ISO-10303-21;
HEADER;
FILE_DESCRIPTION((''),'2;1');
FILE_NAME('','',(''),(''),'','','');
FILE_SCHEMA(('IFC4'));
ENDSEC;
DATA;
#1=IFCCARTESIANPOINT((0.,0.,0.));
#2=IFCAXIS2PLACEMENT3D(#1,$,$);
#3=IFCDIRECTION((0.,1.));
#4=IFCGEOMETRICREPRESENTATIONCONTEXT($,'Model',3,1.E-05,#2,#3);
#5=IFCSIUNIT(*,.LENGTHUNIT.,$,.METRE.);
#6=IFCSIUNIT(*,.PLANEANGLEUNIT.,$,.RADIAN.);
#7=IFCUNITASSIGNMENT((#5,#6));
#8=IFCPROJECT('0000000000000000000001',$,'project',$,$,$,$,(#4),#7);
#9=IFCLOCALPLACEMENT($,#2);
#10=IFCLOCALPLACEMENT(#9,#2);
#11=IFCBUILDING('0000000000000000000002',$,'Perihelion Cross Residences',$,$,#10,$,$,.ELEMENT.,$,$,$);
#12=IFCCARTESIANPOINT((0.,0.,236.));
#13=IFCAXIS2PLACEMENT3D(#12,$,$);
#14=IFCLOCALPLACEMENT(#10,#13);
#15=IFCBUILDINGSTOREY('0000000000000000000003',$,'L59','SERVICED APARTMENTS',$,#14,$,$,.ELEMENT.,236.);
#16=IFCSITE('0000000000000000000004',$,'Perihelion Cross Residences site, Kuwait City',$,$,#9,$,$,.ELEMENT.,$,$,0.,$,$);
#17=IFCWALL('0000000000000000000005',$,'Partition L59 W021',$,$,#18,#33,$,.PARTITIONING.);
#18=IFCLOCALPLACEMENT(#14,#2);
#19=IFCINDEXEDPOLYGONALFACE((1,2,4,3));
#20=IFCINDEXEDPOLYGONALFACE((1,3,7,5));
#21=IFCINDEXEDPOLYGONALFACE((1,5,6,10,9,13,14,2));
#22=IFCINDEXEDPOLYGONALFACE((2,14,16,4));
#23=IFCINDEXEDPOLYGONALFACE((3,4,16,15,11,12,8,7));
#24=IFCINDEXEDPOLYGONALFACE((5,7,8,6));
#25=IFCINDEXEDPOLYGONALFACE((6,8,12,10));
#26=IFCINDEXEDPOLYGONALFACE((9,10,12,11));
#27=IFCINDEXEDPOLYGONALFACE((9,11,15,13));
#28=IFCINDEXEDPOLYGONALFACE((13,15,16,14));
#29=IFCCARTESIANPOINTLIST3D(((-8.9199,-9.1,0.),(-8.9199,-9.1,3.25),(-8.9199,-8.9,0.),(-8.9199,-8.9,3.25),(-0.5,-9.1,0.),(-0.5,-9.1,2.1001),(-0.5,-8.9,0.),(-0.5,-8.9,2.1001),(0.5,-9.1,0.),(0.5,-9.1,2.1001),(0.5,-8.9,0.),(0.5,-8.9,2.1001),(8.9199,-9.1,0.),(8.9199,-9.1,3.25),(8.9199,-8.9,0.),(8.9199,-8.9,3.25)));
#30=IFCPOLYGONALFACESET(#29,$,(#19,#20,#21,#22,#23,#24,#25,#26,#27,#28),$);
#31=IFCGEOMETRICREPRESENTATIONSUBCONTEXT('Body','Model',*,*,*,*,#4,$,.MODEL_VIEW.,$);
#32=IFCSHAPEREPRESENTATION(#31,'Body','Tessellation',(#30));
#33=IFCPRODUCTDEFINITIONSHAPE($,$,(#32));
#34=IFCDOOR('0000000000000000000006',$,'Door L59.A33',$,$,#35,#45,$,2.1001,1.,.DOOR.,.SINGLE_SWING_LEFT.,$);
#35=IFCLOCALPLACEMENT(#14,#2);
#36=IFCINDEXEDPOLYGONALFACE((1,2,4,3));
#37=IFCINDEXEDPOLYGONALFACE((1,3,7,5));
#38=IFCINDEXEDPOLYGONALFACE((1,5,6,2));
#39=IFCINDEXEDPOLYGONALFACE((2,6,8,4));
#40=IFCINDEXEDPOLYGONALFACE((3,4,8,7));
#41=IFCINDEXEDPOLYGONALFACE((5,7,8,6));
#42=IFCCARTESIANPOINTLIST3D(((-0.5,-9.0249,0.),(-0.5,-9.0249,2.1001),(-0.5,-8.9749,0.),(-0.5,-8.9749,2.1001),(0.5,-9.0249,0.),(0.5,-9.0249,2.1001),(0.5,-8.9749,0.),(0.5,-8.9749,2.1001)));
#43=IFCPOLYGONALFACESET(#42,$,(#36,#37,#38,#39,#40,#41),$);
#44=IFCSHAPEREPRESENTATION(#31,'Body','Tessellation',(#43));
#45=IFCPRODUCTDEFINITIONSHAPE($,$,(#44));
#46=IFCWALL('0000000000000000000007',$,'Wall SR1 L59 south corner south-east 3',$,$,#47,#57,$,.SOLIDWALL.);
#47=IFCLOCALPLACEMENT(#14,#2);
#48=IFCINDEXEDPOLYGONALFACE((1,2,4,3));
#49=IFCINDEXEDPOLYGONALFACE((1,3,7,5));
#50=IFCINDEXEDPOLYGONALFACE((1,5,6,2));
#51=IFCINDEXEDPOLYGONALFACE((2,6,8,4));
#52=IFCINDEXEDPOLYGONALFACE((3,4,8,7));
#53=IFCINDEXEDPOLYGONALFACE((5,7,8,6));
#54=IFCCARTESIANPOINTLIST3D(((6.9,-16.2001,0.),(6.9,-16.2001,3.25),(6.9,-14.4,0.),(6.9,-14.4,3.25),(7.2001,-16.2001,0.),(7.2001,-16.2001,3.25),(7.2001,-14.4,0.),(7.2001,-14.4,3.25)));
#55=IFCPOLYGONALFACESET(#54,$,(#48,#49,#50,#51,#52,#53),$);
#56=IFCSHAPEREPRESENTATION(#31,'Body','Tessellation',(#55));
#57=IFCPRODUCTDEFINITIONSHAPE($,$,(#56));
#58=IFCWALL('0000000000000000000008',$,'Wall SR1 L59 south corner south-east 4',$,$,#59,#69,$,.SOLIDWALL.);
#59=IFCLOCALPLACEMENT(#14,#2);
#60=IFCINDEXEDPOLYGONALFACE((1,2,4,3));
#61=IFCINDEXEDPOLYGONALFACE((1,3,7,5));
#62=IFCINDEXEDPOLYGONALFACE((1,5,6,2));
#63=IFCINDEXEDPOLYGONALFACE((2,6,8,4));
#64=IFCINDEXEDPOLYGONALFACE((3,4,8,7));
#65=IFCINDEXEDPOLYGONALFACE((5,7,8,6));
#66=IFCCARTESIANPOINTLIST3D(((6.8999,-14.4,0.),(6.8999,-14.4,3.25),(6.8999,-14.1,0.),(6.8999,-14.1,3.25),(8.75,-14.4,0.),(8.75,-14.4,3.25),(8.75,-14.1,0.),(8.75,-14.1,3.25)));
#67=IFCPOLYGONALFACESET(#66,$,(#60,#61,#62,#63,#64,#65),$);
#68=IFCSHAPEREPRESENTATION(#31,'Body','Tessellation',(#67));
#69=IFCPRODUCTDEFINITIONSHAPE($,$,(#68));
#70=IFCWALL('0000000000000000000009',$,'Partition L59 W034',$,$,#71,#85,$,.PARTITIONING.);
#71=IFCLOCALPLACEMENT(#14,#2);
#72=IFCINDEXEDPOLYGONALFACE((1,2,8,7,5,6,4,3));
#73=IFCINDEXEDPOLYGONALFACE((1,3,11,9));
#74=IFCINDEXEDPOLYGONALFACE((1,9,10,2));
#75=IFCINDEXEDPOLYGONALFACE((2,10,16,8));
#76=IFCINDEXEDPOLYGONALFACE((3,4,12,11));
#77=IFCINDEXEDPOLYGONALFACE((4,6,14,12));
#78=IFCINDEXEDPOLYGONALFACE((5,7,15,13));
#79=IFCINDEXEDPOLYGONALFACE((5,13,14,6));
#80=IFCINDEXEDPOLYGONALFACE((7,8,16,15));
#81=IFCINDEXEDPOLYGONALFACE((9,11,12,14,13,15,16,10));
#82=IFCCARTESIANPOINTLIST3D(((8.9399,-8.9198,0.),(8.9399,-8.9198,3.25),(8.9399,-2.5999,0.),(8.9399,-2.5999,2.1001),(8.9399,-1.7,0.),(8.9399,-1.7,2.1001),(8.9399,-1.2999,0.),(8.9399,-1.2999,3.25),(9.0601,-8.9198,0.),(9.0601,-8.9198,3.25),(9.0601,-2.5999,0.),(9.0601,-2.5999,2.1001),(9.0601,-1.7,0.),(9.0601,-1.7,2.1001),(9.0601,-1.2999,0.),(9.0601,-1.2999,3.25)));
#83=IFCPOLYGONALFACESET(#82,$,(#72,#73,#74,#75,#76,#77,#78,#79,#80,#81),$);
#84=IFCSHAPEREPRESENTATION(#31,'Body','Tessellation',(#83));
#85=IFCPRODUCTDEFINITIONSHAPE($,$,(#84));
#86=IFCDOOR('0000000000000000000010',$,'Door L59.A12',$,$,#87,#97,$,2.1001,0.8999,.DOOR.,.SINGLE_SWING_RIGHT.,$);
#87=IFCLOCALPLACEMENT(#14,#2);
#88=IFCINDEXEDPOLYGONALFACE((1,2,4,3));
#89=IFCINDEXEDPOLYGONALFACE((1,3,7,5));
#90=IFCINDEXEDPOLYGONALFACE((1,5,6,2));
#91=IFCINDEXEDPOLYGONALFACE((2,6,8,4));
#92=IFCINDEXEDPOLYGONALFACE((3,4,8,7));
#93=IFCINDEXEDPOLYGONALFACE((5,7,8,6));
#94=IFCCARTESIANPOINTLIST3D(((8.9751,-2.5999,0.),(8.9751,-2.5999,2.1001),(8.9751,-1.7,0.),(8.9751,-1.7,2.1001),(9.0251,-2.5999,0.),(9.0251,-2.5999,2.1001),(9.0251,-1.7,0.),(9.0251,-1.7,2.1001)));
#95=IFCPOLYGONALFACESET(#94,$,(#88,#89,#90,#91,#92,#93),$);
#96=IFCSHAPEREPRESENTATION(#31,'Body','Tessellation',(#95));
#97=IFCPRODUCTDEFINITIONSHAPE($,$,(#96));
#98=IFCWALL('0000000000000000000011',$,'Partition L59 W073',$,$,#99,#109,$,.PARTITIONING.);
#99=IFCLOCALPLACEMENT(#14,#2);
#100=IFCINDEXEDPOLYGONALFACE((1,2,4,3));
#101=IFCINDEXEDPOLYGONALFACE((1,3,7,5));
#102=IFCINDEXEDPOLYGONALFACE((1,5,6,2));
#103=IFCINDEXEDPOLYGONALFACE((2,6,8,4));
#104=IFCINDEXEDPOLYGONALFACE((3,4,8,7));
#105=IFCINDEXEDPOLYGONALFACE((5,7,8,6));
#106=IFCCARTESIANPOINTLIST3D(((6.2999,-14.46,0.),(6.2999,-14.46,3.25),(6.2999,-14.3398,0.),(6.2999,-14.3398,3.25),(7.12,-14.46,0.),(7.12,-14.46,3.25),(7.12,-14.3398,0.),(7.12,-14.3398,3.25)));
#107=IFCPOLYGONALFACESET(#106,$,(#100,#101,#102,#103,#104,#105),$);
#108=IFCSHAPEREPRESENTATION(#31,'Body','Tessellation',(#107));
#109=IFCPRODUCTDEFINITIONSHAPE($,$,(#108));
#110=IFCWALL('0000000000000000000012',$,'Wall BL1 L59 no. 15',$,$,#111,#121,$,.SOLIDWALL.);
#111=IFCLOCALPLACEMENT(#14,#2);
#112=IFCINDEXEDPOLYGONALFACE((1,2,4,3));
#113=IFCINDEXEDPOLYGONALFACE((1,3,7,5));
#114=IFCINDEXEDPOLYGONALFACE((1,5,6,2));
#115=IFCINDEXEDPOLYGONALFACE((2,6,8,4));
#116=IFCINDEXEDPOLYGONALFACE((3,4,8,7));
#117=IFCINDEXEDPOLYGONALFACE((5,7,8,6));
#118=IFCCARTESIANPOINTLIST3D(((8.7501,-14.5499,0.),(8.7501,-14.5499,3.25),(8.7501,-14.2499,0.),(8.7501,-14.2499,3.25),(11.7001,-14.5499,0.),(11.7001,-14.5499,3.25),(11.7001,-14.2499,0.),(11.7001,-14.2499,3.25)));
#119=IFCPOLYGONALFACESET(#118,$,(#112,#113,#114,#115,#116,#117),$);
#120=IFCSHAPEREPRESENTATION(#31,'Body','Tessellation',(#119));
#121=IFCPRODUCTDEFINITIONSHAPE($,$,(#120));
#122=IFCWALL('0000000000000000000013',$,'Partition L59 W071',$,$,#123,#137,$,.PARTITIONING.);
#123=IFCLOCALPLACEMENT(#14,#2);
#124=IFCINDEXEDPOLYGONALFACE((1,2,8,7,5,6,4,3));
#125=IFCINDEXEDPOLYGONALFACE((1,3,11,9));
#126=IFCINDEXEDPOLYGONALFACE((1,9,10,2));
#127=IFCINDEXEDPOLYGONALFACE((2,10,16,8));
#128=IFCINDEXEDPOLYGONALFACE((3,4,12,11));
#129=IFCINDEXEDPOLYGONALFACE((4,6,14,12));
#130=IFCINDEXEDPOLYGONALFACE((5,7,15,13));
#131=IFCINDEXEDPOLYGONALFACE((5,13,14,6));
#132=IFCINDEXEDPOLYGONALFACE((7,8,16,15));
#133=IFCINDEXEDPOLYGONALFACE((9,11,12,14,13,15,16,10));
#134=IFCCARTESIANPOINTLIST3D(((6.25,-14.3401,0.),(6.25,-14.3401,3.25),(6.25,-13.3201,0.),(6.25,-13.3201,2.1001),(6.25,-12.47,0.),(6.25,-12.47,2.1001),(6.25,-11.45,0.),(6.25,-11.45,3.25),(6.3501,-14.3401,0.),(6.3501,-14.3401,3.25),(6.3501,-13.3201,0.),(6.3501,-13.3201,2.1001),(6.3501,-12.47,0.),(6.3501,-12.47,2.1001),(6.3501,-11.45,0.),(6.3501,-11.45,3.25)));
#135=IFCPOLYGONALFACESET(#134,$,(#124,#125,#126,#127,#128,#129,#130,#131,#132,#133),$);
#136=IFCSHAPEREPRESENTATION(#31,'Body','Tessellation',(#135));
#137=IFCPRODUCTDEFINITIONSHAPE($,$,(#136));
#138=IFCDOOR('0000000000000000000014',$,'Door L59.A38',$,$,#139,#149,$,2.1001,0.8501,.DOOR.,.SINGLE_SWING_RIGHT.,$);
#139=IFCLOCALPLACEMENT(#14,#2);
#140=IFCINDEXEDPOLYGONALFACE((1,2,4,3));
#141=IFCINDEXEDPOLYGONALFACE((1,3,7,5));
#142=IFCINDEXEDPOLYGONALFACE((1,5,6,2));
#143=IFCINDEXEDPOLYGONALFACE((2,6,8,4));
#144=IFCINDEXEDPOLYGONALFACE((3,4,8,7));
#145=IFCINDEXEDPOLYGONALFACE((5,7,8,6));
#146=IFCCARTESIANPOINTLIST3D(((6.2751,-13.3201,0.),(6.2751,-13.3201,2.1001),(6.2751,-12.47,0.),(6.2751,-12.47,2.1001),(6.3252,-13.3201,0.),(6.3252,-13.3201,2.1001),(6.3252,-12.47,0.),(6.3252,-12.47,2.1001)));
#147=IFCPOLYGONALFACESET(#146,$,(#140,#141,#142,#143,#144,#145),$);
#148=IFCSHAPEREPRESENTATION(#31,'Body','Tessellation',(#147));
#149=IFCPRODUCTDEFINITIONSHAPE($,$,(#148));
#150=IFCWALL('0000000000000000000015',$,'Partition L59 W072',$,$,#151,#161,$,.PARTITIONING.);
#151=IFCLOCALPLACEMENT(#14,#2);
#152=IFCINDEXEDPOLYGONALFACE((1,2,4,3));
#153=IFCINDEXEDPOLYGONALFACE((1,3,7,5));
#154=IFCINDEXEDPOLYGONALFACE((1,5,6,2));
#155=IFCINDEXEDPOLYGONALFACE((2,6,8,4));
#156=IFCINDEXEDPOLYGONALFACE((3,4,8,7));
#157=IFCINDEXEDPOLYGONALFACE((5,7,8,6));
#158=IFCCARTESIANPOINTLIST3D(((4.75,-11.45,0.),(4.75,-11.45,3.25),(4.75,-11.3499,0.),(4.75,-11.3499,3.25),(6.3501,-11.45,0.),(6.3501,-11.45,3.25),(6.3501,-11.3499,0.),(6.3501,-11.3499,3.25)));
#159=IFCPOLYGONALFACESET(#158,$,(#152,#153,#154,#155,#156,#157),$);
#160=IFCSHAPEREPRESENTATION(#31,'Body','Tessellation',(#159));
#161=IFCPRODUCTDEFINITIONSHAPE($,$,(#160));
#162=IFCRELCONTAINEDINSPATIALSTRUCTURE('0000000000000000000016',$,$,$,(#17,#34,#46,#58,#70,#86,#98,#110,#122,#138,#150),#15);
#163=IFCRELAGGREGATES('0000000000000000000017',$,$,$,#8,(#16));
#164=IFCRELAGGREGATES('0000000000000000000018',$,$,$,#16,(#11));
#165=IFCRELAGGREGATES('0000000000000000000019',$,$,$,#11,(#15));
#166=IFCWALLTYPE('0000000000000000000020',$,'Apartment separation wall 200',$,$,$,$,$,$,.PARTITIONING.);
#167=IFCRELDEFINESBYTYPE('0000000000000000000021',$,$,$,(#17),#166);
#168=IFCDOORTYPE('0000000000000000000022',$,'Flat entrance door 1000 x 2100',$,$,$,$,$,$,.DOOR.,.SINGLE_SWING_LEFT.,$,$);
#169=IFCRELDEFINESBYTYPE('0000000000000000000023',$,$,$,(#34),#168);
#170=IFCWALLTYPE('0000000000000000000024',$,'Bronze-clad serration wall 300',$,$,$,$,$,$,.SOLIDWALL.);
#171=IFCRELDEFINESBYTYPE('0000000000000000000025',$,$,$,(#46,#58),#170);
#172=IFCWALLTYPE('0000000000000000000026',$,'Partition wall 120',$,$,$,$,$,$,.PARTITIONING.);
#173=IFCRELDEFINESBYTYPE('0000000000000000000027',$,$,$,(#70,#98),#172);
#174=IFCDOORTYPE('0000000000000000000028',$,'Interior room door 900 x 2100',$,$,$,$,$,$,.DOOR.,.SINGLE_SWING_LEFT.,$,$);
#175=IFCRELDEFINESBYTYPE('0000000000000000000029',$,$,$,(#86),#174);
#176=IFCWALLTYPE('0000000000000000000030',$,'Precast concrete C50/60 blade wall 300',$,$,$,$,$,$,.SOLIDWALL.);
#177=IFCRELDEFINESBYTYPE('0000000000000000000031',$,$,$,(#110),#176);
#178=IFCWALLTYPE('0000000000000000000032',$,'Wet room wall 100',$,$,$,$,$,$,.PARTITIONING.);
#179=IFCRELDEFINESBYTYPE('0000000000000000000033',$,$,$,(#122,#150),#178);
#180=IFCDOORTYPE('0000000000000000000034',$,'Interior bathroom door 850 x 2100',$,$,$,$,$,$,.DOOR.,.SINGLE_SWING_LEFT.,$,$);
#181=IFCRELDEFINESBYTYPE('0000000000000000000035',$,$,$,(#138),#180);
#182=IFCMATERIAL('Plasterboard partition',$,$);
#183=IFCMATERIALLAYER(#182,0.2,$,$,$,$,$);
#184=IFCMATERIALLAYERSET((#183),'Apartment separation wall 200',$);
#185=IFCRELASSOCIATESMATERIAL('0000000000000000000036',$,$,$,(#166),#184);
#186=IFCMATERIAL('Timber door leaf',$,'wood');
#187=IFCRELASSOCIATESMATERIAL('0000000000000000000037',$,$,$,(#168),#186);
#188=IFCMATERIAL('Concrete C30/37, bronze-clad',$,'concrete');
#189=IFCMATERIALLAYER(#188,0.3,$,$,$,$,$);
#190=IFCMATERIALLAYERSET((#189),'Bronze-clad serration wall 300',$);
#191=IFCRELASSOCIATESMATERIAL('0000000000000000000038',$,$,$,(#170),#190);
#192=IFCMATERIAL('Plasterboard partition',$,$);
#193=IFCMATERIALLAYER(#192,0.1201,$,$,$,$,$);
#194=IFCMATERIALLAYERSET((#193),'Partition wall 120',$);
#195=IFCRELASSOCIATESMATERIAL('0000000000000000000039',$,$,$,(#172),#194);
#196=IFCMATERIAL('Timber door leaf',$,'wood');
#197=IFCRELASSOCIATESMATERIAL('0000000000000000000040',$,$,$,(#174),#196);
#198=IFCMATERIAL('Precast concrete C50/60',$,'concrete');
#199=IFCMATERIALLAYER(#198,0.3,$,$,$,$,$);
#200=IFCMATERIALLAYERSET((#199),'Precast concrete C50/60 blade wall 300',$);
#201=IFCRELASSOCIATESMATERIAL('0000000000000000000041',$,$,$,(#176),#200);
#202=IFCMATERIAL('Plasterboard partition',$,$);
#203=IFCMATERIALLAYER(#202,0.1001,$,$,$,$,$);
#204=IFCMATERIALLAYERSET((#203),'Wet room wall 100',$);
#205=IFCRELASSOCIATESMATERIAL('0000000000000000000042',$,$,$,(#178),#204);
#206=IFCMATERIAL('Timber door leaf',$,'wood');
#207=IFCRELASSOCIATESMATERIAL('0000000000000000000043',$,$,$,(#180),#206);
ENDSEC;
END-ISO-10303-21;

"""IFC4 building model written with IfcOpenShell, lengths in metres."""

from ifc_helpers import new_model, si_unit, direction, frame, frame_2d, origin, place, context, subcontext, project, spatial, rectangle, extrude, material, layer, layer_set, type_object, element, fill, save


model = new_model("IFC4")

# Units and contexts
model_context = context("Model", 3, precision=1e-05, world=origin(), true_north=direction((0.0, 1.0)))
body_context = subcontext(model_context, "Body", "Model", "MODEL_VIEW")
ifc_project = project(units=[si_unit("LENGTHUNIT", "METRE"), si_unit("PLANEANGLEUNIT", "RADIAN")], contexts=[model_context])

# Site, building, storey
site_placement = place(None, origin())
site = spatial("IfcSite", under=ifc_project, at=site_placement, Name="Perihelion Cross Residences site, Kuwait City", CompositionType="ELEMENT", RefElevation=0.0)
building_placement = place(site_placement, origin())
building = spatial("IfcBuilding", under=site, at=building_placement, Name="Perihelion Cross Residences", CompositionType="ELEMENT")
storey_placement = place(building_placement, frame((0.0, 0.0, 236.0)))
storey = spatial("IfcBuildingStorey", under=building, at=storey_placement, Name="L59", Description="SERVICED APARTMENTS", CompositionType="ELEMENT", Elevation=236.0)

# Wall, opening, door
ifc_material_1 = material(Name="Plasterboard partition")
ifc_layer_1 = layer(ifc_material_1, 0.2)
ifc_layer_set_1 = layer_set([ifc_layer_1], Name="Apartment separation wall 200")
wall_type_1 = type_object("IfcWallType", Name="Apartment separation wall 200", PredefinedType="PARTITIONING", material=ifc_layer_set_1)
wall_1_placement = place(storey_placement, frame((8.9199, -9.0, 0.0), z_axis=(0.0, 0.0, 1.0), x_axis=(-1.0, 0.0, 0.0)))
wall_1 = element("IfcWall", 1, at=wall_1_placement, inside=storey, type_object=wall_type_1, Name="Partition L59 W021", PredefinedType="PARTITIONING", context=body_context, shape_type="SweptSolid", body=[
    extrude(rectangle(XDim=17.8398, YDim=0.2, at=frame_2d((8.9199, 0.0))), origin(), (0.0, 0.0, 1.0), 3.25),
])
opening_1_placement = place(wall_1_placement, frame((8.4199, 0.0, 0.0)))
opening_1 = element("IfcOpeningElement", 2, at=opening_1_placement, cuts=wall_1, PredefinedType="OPENING", context=body_context, shape_type="SweptSolid", body=[
    extrude(rectangle(XDim=1.0, YDim=2.1001, at=frame_2d((0.5, 1.05))), frame((0.0, 0.1099, 0.0), z_axis=(0.0, -1.0, 0.0), x_axis=(1.0, 0.0, 0.0)), (0.0, 0.0, 1.0), 0.22),
])
ifc_material_2 = material(Name="Timber door leaf", Category="wood")
door_type_1 = type_object("IfcDoorType", Name="Flat entrance door 1000 x 2100", OperationType="SINGLE_SWING_LEFT", PredefinedType="DOOR", material=ifc_material_2)
door_1_placement = place(opening_1_placement, origin())
door_1 = element("IfcDoor", 3, at=door_1_placement, inside=storey, type_object=door_type_1, Name="Door L59.A33", OperationType="SINGLE_SWING_LEFT", OverallHeight=2.1001, OverallWidth=1.0, PredefinedType="DOOR", context=body_context, shape_type="SweptSolid", body=[
    extrude(rectangle(XDim=1.0, YDim=2.1001, at=frame_2d((0.5, 1.05))), frame((0.0, 0.0249, 0.0), z_axis=(0.0, -1.0, 0.0), x_axis=(1.0, 0.0, 0.0)), (0.0, 0.0, 1.0), 0.05),
])
fill(opening_1, door_1)

# Walls
ifc_material_3 = material(Name="Concrete C30/37, bronze-clad", Category="concrete")
ifc_layer_2 = layer(ifc_material_3, 0.3)
ifc_layer_set_2 = layer_set([ifc_layer_2], Name="Bronze-clad serration wall 300")
wall_type_2 = type_object("IfcWallType", Name="Bronze-clad serration wall 300", PredefinedType="SOLIDWALL", material=ifc_layer_set_2)
wall_2_placement = place(storey_placement, frame((7.05, -16.2, 0.0), z_axis=(0.0, 0.0, 1.0), x_axis=(0.0, 1.0, 0.0)))
element("IfcWall", 4, at=wall_2_placement, inside=storey, type_object=wall_type_2, Name="Wall SR1 L59 south corner south-east 3", PredefinedType="SOLIDWALL", context=body_context, shape_type="SweptSolid", body=[
    extrude(rectangle(XDim=1.8, YDim=0.3, at=frame_2d((0.8999, 0.0))), origin(), (0.0, 0.0, 1.0), 3.25),
])
wall_3_placement = place(storey_placement, frame((6.8999, -14.25, 0.0), z_axis=(0.0, 0.0, 1.0), x_axis=(1.0, 0.0, 0.0)))
element("IfcWall", 5, at=wall_3_placement, inside=storey, type_object=wall_type_2, Name="Wall SR1 L59 south corner south-east 4", PredefinedType="SOLIDWALL", context=body_context, shape_type="SweptSolid", body=[
    extrude(rectangle(XDim=1.8501, YDim=0.3, at=frame_2d((0.925, 0.0))), origin(), (0.0, 0.0, 1.0), 3.25),
])

# Wall, opening, door
ifc_material_4 = material(Name="Plasterboard partition")
ifc_layer_3 = layer(ifc_material_4, 0.1201)
ifc_layer_set_3 = layer_set([ifc_layer_3], Name="Partition wall 120")
wall_type_3 = type_object("IfcWallType", Name="Partition wall 120", PredefinedType="PARTITIONING", material=ifc_layer_set_3)
wall_4_placement = place(storey_placement, frame((9.0, -8.9199, 0.0), z_axis=(0.0, 0.0, 1.0), x_axis=(0.0, 1.0, 0.0)))
wall_4 = element("IfcWall", 6, at=wall_4_placement, inside=storey, type_object=wall_type_3, Name="Partition L59 W034", PredefinedType="PARTITIONING", context=body_context, shape_type="SweptSolid", body=[
    extrude(rectangle(XDim=7.6199, YDim=0.1201, at=frame_2d((3.8101, 0.0))), origin(), (0.0, 0.0, 1.0), 3.25),
])
opening_2_placement = place(wall_4_placement, frame((6.3201, 0.0, 0.0)))
opening_2 = element("IfcOpeningElement", 7, at=opening_2_placement, cuts=wall_4, PredefinedType="OPENING", context=body_context, shape_type="SweptSolid", body=[
    extrude(rectangle(XDim=0.8999, YDim=2.1001, at=frame_2d((0.45, 1.05))), frame((0.0, 0.0701, 0.0), z_axis=(0.0, -1.0, 0.0), x_axis=(1.0, 0.0, 0.0)), (0.0, 0.0, 1.0), 0.1401),
])
ifc_material_5 = material(Name="Timber door leaf", Category="wood")
door_type_2 = type_object("IfcDoorType", Name="Interior room door 900 x 2100", OperationType="SINGLE_SWING_LEFT", PredefinedType="DOOR", material=ifc_material_5)
door_2_placement = place(opening_2_placement, origin())
door_2 = element("IfcDoor", 8, at=door_2_placement, inside=storey, type_object=door_type_2, Name="Door L59.A12", OperationType="SINGLE_SWING_RIGHT", OverallHeight=2.1001, OverallWidth=0.8999, PredefinedType="DOOR", context=body_context, shape_type="SweptSolid", body=[
    extrude(rectangle(XDim=0.8999, YDim=2.1001, at=frame_2d((0.45, 1.05))), frame((0.0, 0.0249, 0.0), z_axis=(0.0, -1.0, 0.0), x_axis=(1.0, 0.0, 0.0)), (0.0, 0.0, 1.0), 0.05),
])
fill(opening_2, door_2)

# Walls
wall_5_placement = place(storey_placement, frame((7.1201, -14.3999, 0.0), z_axis=(0.0, 0.0, 1.0), x_axis=(-1.0, 0.0, 0.0)))
element("IfcWall", 9, at=wall_5_placement, inside=storey, type_object=wall_type_3, Name="Partition L59 W073", PredefinedType="PARTITIONING", context=body_context, shape_type="SweptSolid", body=[
    extrude(rectangle(XDim=0.8201, YDim=0.1201, at=frame_2d((0.4102, 0.0))), origin(), (0.0, 0.0, 1.0), 3.25),
])
ifc_material_6 = material(Name="Precast concrete C50/60", Category="concrete")
ifc_layer_4 = layer(ifc_material_6, 0.3)
ifc_layer_set_4 = layer_set([ifc_layer_4], Name="Precast concrete C50/60 blade wall 300")
wall_type_4 = type_object("IfcWallType", Name="Precast concrete C50/60 blade wall 300", PredefinedType="SOLIDWALL", material=ifc_layer_set_4)
wall_6_placement = place(storey_placement, frame((8.75, -14.3999, 0.0), z_axis=(0.0, 0.0, 1.0), x_axis=(1.0, 0.0, 0.0)))
element("IfcWall", 10, at=wall_6_placement, inside=storey, type_object=wall_type_4, Name="Wall BL1 L59 no. 15", PredefinedType="SOLIDWALL", context=body_context, shape_type="SweptSolid", body=[
    extrude(rectangle(XDim=2.95, YDim=0.3, at=frame_2d((1.4751, 0.0))), origin(), (0.0, 0.0, 1.0), 3.25),
])

# Wall, opening, door
ifc_material_7 = material(Name="Plasterboard partition")
ifc_layer_5 = layer(ifc_material_7, 0.1001)
ifc_layer_set_5 = layer_set([ifc_layer_5], Name="Wet room wall 100")
wall_type_5 = type_object("IfcWallType", Name="Wet room wall 100", PredefinedType="PARTITIONING", material=ifc_layer_set_5)
wall_7_placement = place(storey_placement, frame((6.3, -14.3401, 0.0), z_axis=(0.0, 0.0, 1.0), x_axis=(0.0, 1.0, 0.0)))
wall_7 = element("IfcWall", 11, at=wall_7_placement, inside=storey, type_object=wall_type_5, Name="Partition L59 W071", PredefinedType="PARTITIONING", context=body_context, shape_type="SweptSolid", body=[
    extrude(rectangle(XDim=2.8901, YDim=0.1001, at=frame_2d((1.4451, 0.0))), origin(), (0.0, 0.0, 1.0), 3.25),
])
opening_3_placement = place(wall_7_placement, frame((1.02, 0.0, 0.0)))
opening_3 = element("IfcOpeningElement", 12, at=opening_3_placement, cuts=wall_7, PredefinedType="OPENING", context=body_context, shape_type="SweptSolid", body=[
    extrude(rectangle(XDim=0.8501, YDim=2.1001, at=frame_2d((0.425, 1.05))), frame((0.0, 0.0601, 0.0), z_axis=(0.0, -1.0, 0.0), x_axis=(1.0, 0.0, 0.0)), (0.0, 0.0, 1.0), 0.1201),
])
ifc_material_8 = material(Name="Timber door leaf", Category="wood")
door_type_3 = type_object("IfcDoorType", Name="Interior bathroom door 850 x 2100", OperationType="SINGLE_SWING_LEFT", PredefinedType="DOOR", material=ifc_material_8)
door_3_placement = place(opening_3_placement, origin())
door_3 = element("IfcDoor", 13, at=door_3_placement, inside=storey, type_object=door_type_3, Name="Door L59.A38", OperationType="SINGLE_SWING_RIGHT", OverallHeight=2.1001, OverallWidth=0.8501, PredefinedType="DOOR", context=body_context, shape_type="SweptSolid", body=[
    extrude(rectangle(XDim=0.8501, YDim=2.1001, at=frame_2d((0.425, 1.05))), frame((0.0, 0.0249, 0.0), z_axis=(0.0, -1.0, 0.0), x_axis=(1.0, 0.0, 0.0)), (0.0, 0.0, 1.0), 0.05),
])
fill(opening_3, door_3)

# Wall
wall_8_placement = place(storey_placement, frame((6.3501, -11.3999, 0.0), z_axis=(0.0, 0.0, 1.0), x_axis=(-1.0, 0.0, 0.0)))
element("IfcWall", 14, at=wall_8_placement, inside=storey, type_object=wall_type_5, Name="Partition L59 W072", PredefinedType="PARTITIONING", context=body_context, shape_type="SweptSolid", body=[
    extrude(rectangle(XDim=1.6001, YDim=0.1001, at=frame_2d((0.8, 0.0))), origin(), (0.0, 0.0, 1.0), 3.25),
])

save(model, "model.ifc")
